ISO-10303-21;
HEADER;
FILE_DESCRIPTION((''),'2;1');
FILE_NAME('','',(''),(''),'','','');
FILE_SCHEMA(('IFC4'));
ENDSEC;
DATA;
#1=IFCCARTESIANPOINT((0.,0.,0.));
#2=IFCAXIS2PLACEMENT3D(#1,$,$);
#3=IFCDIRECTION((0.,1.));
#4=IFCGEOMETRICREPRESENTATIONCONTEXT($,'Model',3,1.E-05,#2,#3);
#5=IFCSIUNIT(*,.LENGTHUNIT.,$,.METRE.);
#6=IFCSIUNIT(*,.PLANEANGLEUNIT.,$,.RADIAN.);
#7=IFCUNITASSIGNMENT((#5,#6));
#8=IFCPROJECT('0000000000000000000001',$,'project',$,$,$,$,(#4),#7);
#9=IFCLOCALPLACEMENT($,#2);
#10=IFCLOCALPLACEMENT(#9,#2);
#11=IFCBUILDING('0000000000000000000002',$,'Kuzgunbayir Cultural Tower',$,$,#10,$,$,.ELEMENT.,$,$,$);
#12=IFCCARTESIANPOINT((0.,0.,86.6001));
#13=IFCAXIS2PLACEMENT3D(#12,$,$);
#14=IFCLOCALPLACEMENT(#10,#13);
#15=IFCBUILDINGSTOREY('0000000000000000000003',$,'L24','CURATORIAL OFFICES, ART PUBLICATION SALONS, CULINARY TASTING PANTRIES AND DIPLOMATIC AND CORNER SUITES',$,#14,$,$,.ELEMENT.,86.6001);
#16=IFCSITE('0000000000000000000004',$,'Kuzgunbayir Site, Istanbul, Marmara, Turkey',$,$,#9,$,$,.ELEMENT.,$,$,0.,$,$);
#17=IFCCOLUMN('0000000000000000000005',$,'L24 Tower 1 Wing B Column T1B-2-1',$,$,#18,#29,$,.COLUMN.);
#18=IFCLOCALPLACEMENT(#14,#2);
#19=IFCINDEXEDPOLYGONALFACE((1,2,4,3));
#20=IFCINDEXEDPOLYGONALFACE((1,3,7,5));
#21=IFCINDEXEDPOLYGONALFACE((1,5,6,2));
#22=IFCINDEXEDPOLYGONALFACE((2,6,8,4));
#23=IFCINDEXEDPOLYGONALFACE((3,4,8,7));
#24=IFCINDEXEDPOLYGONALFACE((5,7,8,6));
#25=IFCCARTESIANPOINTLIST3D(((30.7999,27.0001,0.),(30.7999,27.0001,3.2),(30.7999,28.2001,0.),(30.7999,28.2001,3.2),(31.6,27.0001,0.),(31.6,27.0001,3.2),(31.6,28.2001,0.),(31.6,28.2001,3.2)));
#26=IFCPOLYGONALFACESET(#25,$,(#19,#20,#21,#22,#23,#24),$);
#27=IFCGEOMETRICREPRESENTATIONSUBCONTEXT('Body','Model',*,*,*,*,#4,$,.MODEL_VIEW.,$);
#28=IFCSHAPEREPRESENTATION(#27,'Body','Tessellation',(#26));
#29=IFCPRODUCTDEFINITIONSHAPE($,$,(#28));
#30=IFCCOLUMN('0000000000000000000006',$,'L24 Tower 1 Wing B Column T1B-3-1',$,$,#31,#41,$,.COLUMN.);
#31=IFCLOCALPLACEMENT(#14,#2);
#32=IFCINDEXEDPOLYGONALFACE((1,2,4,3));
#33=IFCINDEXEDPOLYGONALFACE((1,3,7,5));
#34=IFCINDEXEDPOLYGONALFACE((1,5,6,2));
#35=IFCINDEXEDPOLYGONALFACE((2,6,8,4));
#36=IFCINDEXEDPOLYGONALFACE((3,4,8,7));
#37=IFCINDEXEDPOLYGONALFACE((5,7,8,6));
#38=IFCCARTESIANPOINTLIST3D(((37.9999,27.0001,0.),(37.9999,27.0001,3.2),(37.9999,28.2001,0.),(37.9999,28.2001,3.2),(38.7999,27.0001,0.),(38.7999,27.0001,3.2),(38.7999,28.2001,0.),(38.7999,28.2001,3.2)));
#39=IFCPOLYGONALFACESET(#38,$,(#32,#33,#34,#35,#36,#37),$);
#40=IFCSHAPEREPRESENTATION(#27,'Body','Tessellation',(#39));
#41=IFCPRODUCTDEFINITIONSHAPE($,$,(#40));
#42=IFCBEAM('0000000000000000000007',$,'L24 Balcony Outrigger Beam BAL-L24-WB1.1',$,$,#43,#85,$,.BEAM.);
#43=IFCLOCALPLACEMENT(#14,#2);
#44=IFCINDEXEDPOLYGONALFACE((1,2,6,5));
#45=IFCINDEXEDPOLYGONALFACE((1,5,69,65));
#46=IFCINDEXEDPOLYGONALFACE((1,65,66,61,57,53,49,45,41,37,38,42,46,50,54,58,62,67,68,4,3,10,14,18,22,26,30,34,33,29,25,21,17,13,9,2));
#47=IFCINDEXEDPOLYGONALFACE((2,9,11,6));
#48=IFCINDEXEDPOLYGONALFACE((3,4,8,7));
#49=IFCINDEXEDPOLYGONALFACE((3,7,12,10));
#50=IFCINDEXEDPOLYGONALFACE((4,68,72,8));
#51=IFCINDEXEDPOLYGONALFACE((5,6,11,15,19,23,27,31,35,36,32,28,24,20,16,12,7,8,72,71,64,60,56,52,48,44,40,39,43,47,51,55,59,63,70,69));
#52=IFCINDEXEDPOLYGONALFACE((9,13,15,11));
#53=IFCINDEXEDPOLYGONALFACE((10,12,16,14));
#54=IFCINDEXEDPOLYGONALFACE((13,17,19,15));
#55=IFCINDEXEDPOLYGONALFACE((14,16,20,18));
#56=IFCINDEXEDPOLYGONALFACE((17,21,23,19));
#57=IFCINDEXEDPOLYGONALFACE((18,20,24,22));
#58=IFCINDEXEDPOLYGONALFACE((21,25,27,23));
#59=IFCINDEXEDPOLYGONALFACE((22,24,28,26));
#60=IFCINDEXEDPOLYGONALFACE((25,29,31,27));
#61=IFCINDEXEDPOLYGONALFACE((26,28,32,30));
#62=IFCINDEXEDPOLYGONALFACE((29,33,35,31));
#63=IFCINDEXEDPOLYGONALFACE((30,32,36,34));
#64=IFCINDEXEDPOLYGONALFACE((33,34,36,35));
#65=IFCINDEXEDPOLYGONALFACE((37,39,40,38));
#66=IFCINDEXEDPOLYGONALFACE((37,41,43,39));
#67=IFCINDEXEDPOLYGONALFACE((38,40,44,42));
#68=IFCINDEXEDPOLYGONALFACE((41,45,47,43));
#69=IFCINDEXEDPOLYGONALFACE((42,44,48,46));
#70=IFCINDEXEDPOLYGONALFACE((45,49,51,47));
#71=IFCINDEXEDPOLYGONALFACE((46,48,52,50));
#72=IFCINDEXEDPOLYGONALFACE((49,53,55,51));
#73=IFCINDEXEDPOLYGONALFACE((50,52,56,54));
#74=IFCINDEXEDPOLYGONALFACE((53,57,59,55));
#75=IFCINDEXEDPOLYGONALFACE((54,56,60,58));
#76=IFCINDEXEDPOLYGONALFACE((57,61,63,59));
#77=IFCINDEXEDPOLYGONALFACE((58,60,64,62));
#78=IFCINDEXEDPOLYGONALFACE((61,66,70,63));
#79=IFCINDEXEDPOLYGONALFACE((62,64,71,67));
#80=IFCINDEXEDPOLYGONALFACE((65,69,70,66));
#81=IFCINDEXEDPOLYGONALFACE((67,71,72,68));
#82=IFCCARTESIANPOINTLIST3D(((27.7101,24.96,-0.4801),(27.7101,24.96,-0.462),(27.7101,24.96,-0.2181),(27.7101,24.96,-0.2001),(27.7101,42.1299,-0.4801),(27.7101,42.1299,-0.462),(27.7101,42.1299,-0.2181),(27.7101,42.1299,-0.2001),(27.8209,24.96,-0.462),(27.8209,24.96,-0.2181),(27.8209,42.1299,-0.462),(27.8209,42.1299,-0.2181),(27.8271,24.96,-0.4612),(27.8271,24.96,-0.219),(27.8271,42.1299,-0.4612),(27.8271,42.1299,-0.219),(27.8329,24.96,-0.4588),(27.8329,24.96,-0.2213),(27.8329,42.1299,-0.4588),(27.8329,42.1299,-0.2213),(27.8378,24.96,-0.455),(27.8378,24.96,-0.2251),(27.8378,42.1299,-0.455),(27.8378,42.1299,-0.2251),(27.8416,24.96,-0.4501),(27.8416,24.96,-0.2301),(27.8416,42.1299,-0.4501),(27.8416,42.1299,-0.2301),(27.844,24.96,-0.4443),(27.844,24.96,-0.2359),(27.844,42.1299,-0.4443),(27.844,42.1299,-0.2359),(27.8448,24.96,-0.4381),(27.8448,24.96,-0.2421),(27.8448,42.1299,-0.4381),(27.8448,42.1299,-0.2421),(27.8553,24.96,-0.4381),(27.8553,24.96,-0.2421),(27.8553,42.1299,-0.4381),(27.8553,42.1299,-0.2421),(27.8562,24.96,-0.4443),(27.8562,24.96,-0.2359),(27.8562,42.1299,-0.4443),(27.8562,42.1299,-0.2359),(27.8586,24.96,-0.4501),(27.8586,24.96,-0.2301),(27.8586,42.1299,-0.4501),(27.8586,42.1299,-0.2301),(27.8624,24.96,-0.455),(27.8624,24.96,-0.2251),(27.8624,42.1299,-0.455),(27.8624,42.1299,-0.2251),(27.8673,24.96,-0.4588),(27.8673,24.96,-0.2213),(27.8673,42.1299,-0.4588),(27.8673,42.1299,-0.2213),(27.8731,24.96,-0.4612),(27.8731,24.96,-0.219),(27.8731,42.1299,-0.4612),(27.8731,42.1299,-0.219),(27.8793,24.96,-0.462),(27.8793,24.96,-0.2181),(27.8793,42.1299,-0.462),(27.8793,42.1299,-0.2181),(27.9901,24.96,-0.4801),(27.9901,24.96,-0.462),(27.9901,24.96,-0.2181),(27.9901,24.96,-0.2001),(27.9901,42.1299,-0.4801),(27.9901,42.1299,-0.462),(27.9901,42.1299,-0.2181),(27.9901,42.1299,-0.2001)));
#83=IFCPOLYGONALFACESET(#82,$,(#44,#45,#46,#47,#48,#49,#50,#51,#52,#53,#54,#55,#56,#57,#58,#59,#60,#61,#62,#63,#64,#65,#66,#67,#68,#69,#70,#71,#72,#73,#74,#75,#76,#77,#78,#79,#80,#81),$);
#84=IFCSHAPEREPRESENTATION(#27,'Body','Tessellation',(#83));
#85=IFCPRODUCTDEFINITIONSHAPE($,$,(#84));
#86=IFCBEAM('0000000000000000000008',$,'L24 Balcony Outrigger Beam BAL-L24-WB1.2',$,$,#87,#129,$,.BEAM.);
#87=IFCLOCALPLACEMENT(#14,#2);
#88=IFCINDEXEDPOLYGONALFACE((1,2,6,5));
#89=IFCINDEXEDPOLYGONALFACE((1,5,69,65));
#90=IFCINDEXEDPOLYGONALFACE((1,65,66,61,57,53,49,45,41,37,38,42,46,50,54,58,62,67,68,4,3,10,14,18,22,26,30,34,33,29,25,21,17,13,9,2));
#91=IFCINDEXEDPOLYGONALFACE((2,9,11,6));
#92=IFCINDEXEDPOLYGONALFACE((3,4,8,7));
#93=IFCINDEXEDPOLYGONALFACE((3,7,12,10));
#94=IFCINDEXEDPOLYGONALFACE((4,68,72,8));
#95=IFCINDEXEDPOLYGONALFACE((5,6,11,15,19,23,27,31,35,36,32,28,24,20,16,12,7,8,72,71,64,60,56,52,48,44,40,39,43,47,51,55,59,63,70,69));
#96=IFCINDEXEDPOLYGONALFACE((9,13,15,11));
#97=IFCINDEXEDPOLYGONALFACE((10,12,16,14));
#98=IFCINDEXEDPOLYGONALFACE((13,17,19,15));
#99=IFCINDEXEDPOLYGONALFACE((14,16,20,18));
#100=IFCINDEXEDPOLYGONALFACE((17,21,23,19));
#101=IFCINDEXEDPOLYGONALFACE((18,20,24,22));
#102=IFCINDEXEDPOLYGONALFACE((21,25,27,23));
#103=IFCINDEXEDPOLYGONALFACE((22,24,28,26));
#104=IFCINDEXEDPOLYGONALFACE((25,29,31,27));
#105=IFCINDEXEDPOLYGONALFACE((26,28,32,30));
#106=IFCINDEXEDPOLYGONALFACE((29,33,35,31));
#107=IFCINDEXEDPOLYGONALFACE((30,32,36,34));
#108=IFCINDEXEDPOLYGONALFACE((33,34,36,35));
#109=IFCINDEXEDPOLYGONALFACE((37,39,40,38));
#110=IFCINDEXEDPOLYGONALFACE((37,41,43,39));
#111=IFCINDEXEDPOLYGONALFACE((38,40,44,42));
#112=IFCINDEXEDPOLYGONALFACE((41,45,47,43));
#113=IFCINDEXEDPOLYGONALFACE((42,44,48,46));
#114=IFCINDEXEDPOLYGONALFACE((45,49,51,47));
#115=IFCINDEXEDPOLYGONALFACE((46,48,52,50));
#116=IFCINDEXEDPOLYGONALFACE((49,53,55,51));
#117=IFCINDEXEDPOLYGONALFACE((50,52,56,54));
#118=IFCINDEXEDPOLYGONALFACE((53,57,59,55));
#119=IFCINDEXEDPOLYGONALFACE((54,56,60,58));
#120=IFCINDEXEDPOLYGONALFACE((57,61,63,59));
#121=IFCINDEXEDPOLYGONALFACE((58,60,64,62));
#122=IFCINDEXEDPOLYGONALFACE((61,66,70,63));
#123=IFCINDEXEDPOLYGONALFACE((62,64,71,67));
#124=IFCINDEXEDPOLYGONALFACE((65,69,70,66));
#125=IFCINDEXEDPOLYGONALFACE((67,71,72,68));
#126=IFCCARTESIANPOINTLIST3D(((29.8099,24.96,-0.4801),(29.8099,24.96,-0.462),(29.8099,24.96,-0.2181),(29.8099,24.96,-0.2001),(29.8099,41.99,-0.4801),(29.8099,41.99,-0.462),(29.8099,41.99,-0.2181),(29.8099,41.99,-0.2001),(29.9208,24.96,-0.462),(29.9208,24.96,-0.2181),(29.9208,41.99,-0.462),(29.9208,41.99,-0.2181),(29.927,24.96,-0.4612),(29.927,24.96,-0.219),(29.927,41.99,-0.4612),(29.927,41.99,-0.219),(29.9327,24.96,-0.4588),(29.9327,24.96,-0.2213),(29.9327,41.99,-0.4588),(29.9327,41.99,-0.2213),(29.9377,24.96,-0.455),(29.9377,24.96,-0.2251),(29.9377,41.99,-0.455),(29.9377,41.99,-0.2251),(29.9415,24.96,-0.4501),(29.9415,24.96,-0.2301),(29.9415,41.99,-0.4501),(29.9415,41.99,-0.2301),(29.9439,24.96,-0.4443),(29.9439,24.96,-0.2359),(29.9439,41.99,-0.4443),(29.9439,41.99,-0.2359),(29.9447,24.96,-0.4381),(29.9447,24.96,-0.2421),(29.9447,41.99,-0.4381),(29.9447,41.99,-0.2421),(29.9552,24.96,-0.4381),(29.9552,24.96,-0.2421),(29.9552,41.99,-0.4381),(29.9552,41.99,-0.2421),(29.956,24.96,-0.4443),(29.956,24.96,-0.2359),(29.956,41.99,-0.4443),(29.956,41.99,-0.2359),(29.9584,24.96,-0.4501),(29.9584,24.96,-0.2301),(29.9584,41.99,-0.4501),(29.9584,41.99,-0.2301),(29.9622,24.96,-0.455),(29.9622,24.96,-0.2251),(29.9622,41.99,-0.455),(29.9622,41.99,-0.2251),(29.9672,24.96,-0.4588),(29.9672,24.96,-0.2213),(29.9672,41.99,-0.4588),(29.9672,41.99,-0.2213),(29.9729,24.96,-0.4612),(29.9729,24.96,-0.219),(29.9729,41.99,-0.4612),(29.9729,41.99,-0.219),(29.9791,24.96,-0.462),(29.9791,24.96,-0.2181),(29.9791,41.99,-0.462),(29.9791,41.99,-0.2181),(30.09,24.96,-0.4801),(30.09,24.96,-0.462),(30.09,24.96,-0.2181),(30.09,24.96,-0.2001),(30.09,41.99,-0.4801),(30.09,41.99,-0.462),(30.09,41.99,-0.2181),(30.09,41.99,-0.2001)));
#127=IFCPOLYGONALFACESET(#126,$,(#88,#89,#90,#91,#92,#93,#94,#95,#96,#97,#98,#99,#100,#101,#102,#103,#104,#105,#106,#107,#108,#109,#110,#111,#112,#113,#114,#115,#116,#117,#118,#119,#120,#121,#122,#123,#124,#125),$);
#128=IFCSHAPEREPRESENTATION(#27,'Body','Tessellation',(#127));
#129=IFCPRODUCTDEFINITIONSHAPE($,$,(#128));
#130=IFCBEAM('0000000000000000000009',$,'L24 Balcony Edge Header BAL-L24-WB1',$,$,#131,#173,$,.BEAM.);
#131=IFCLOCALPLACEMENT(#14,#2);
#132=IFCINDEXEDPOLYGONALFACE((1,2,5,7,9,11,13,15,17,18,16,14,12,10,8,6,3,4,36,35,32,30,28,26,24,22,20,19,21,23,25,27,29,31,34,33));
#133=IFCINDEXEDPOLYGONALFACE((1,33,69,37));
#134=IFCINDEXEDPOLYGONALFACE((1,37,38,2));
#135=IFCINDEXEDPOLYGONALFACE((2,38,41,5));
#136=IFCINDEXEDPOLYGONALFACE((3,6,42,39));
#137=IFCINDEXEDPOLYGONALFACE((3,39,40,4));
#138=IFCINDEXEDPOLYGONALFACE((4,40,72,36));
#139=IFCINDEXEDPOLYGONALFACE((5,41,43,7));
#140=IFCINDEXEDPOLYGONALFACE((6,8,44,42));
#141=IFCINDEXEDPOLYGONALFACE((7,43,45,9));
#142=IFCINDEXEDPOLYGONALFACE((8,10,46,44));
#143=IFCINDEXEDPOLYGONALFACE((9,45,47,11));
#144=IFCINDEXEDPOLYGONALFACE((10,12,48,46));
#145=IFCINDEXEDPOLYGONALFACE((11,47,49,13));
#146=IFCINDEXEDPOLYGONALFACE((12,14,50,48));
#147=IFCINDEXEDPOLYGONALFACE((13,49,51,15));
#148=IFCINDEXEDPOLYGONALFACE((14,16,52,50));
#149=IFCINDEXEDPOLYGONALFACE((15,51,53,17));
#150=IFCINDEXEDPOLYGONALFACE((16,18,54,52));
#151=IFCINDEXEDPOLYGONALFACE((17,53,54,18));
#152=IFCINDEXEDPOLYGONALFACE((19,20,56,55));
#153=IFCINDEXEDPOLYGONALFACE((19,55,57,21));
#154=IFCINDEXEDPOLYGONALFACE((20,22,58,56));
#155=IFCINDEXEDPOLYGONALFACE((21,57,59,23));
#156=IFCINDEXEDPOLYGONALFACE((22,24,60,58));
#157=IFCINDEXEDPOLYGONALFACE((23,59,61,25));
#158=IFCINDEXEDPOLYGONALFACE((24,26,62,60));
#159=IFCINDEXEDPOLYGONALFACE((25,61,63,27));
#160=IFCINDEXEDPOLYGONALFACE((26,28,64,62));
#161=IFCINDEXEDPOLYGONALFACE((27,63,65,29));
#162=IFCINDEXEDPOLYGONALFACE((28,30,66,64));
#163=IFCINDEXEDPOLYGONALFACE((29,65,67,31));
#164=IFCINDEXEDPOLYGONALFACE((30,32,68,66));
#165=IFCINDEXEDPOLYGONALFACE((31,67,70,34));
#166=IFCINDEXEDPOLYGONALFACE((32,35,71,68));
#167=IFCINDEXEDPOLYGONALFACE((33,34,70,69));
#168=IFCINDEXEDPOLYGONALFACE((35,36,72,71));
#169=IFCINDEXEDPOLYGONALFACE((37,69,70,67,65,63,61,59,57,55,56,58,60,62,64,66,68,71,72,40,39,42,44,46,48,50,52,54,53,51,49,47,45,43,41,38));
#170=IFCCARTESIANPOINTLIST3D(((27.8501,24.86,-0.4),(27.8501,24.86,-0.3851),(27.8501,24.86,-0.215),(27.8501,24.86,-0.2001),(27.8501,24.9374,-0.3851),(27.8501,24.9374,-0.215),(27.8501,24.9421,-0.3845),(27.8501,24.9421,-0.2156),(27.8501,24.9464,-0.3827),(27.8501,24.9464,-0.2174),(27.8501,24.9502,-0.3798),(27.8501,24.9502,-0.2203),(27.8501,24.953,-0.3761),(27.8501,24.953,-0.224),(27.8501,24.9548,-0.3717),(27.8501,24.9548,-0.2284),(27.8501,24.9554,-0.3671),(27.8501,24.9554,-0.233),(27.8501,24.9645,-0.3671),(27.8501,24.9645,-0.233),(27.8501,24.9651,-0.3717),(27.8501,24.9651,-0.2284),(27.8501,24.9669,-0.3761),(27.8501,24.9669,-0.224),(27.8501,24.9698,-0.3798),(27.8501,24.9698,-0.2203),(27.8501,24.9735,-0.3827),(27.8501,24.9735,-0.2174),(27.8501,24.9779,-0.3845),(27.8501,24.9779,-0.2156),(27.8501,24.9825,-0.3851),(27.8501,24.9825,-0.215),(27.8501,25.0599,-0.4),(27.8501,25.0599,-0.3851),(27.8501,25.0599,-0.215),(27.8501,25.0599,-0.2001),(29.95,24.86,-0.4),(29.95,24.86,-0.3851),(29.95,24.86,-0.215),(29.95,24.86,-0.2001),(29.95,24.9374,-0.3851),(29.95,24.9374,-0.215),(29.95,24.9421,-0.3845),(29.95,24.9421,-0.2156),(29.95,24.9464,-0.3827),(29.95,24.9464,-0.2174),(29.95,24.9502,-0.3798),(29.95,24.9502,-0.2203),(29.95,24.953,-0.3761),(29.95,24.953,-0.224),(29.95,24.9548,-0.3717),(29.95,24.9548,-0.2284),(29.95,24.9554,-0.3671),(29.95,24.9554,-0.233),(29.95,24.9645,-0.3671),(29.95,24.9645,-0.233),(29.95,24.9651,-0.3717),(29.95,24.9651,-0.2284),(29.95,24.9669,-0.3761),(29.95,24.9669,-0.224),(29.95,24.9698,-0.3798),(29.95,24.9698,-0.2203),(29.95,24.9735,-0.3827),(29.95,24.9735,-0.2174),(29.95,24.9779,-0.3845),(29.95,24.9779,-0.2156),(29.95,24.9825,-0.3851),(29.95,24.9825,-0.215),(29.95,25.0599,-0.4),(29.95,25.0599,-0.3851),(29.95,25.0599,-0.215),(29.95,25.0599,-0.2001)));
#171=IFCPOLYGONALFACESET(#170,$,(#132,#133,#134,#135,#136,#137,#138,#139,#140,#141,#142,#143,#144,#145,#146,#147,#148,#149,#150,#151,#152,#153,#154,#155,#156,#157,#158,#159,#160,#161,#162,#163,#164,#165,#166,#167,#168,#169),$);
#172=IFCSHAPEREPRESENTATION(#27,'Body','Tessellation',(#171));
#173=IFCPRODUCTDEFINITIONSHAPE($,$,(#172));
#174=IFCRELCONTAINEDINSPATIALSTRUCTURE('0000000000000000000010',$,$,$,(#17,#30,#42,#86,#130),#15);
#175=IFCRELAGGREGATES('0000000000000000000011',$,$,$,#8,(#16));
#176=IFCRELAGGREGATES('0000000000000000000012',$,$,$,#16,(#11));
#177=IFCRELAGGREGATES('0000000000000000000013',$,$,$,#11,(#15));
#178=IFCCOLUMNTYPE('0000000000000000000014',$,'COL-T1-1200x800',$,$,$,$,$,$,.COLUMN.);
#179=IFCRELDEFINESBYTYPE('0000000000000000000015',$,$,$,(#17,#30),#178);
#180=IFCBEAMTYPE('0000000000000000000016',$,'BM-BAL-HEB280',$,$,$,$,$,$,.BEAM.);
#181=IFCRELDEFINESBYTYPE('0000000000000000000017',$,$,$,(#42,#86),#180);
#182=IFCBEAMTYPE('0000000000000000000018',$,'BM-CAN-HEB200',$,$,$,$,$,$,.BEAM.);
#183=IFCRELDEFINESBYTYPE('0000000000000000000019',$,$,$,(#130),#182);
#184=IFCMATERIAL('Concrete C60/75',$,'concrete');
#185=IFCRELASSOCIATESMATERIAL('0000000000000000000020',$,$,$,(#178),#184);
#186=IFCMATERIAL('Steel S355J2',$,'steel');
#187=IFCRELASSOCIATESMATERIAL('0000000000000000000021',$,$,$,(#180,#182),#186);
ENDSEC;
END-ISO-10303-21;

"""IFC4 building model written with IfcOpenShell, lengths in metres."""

from ifc_helpers import new_model, si_unit, direction, frame, origin, origin_2d, place, context, subcontext, project, spatial, rectangle, i_section, extrude, material, material_profile, profile_set, type_object, element, save


model = new_model("IFC4")

# Units and contexts
model_context = context("Model", 3, precision=1e-05, world=origin(), true_north=direction((0.0, 1.0)))
body_context = subcontext(model_context, "Body", "Model", "MODEL_VIEW")
ifc_project = project(units=[si_unit("LENGTHUNIT", "METRE"), si_unit("PLANEANGLEUNIT", "RADIAN")], contexts=[model_context])

# Site, building, storey
site_placement = place(None, origin())
site = spatial("IfcSite", under=ifc_project, at=site_placement, Name="Kuzgunbayir Site, Istanbul, Marmara, Turkey", CompositionType="ELEMENT", RefElevation=0.0)
building_placement = place(site_placement, origin())
building = spatial("IfcBuilding", under=site, at=building_placement, Name="Kuzgunbayir Cultural Tower", CompositionType="ELEMENT")
storey_placement = place(building_placement, frame((0.0, 0.0, 86.6001)))
storey = spatial("IfcBuildingStorey", under=building, at=storey_placement, Name="L24", Description="CURATORIAL OFFICES, ART PUBLICATION SALONS, CULINARY TASTING PANTRIES AND DIPLOMATIC AND CORNER SUITES", CompositionType="ELEMENT", Elevation=86.6001)

# Columns
ifc_material_1 = material(Name="Concrete C60/75", Category="concrete")
ifc_material_profile_1 = material_profile(ifc_material_1, rectangle(XDim=0.8, YDim=1.2, at=origin_2d()), Name="RC 1200x800")
ifc_profile_set_1 = profile_set([ifc_material_profile_1], Name="Concrete C60/75")
column_type = type_object("IfcColumnType", Name="COL-T1-1200x800", PredefinedType="COLUMN", material=ifc_profile_set_1)
for number, where, z_axis, x_axis, name in (
    (1, (31.2, 27.6001, 0.0), (0.0, 0.0, 1.0), (1.0, 0.0, 0.0), "L24 Tower 1 Wing B Column T1B-2-1"),
    (2, (38.3999, 27.6001, 0.0), (0.0, 0.0, 1.0), (1.0, 0.0, 0.0), "L24 Tower 1 Wing B Column T1B-3-1"),
):
    element("IfcColumn", number, at=place(storey_placement, frame(where, z_axis=z_axis, x_axis=x_axis)), inside=storey, type_object=column_type, Name=name, PredefinedType="COLUMN", context=body_context, shape_type="SweptSolid", body=[
        extrude(rectangle(XDim=0.8, YDim=1.2, at=origin_2d()), origin(), (0.0, 0.0, 1.0), 3.2),
    ])

# Beams
ifc_material_2 = material(Name="Steel S355J2", Category="steel")
ifc_material_profile_2 = material_profile(ifc_material_2, i_section(OverallWidth=0.28, OverallDepth=0.28, WebThickness=0.0105, FlangeThickness=0.0181, FilletRadius=0.0239, at=origin_2d()), Name="HEB 280")
ifc_profile_set_2 = profile_set([ifc_material_profile_2], Name="Steel S355J2")
beam_type_1 = type_object("IfcBeamType", Name="BM-BAL-HEB280", PredefinedType="BEAM", material=ifc_profile_set_2)
beam_1_placement = place(storey_placement, frame((27.8501, 24.96, -0.3401), z_axis=(0.0, 1.0, 0.0), x_axis=(-1.0, 0.0, 0.0)))
element("IfcBeam", 3, at=beam_1_placement, inside=storey, type_object=beam_type_1, Name="L24 Balcony Outrigger Beam BAL-L24-WB1.1", PredefinedType="BEAM", context=body_context, shape_type="SweptSolid", body=[
    extrude(i_section(OverallWidth=0.28, OverallDepth=0.28, WebThickness=0.0105, FlangeThickness=0.0181, FilletRadius=0.0239, at=origin_2d()), origin(), (0.0, 0.0, 1.0), 17.1699),
])
beam_2_placement = place(storey_placement, frame((29.95, 24.96, -0.3401), z_axis=(0.0, 1.0, 0.0), x_axis=(-1.0, 0.0, 0.0)))
element("IfcBeam", 4, at=beam_2_placement, inside=storey, type_object=beam_type_1, Name="L24 Balcony Outrigger Beam BAL-L24-WB1.2", PredefinedType="BEAM", context=body_context, shape_type="SweptSolid", body=[
    extrude(i_section(OverallWidth=0.28, OverallDepth=0.28, WebThickness=0.0105, FlangeThickness=0.0181, FilletRadius=0.0239, at=origin_2d()), origin(), (0.0, 0.0, 1.0), 17.03),
])
ifc_material_profile_3 = material_profile(ifc_material_2, i_section(OverallWidth=0.2, OverallDepth=0.2, WebThickness=0.009, FlangeThickness=0.0149, FilletRadius=0.0181, at=origin_2d()), Name="HEB 200")
ifc_profile_set_3 = profile_set([ifc_material_profile_3], Name="Steel S355J2")
beam_type_2 = type_object("IfcBeamType", Name="BM-CAN-HEB200", PredefinedType="BEAM", material=ifc_profile_set_3)
beam_3_placement = place(storey_placement, frame((27.8501, 24.96, -0.3), z_axis=(1.0, 0.0, 0.0), x_axis=(0.0, 1.0, 0.0)))
element("IfcBeam", 5, at=beam_3_placement, inside=storey, type_object=beam_type_2, Name="L24 Balcony Edge Header BAL-L24-WB1", PredefinedType="BEAM", context=body_context, shape_type="SweptSolid", body=[
    extrude(i_section(OverallWidth=0.2, OverallDepth=0.2, WebThickness=0.009, FlangeThickness=0.0149, FilletRadius=0.0181, at=origin_2d()), origin(), (0.0, 0.0, 1.0), 2.0999),
])

save(model, "model.ifc")
